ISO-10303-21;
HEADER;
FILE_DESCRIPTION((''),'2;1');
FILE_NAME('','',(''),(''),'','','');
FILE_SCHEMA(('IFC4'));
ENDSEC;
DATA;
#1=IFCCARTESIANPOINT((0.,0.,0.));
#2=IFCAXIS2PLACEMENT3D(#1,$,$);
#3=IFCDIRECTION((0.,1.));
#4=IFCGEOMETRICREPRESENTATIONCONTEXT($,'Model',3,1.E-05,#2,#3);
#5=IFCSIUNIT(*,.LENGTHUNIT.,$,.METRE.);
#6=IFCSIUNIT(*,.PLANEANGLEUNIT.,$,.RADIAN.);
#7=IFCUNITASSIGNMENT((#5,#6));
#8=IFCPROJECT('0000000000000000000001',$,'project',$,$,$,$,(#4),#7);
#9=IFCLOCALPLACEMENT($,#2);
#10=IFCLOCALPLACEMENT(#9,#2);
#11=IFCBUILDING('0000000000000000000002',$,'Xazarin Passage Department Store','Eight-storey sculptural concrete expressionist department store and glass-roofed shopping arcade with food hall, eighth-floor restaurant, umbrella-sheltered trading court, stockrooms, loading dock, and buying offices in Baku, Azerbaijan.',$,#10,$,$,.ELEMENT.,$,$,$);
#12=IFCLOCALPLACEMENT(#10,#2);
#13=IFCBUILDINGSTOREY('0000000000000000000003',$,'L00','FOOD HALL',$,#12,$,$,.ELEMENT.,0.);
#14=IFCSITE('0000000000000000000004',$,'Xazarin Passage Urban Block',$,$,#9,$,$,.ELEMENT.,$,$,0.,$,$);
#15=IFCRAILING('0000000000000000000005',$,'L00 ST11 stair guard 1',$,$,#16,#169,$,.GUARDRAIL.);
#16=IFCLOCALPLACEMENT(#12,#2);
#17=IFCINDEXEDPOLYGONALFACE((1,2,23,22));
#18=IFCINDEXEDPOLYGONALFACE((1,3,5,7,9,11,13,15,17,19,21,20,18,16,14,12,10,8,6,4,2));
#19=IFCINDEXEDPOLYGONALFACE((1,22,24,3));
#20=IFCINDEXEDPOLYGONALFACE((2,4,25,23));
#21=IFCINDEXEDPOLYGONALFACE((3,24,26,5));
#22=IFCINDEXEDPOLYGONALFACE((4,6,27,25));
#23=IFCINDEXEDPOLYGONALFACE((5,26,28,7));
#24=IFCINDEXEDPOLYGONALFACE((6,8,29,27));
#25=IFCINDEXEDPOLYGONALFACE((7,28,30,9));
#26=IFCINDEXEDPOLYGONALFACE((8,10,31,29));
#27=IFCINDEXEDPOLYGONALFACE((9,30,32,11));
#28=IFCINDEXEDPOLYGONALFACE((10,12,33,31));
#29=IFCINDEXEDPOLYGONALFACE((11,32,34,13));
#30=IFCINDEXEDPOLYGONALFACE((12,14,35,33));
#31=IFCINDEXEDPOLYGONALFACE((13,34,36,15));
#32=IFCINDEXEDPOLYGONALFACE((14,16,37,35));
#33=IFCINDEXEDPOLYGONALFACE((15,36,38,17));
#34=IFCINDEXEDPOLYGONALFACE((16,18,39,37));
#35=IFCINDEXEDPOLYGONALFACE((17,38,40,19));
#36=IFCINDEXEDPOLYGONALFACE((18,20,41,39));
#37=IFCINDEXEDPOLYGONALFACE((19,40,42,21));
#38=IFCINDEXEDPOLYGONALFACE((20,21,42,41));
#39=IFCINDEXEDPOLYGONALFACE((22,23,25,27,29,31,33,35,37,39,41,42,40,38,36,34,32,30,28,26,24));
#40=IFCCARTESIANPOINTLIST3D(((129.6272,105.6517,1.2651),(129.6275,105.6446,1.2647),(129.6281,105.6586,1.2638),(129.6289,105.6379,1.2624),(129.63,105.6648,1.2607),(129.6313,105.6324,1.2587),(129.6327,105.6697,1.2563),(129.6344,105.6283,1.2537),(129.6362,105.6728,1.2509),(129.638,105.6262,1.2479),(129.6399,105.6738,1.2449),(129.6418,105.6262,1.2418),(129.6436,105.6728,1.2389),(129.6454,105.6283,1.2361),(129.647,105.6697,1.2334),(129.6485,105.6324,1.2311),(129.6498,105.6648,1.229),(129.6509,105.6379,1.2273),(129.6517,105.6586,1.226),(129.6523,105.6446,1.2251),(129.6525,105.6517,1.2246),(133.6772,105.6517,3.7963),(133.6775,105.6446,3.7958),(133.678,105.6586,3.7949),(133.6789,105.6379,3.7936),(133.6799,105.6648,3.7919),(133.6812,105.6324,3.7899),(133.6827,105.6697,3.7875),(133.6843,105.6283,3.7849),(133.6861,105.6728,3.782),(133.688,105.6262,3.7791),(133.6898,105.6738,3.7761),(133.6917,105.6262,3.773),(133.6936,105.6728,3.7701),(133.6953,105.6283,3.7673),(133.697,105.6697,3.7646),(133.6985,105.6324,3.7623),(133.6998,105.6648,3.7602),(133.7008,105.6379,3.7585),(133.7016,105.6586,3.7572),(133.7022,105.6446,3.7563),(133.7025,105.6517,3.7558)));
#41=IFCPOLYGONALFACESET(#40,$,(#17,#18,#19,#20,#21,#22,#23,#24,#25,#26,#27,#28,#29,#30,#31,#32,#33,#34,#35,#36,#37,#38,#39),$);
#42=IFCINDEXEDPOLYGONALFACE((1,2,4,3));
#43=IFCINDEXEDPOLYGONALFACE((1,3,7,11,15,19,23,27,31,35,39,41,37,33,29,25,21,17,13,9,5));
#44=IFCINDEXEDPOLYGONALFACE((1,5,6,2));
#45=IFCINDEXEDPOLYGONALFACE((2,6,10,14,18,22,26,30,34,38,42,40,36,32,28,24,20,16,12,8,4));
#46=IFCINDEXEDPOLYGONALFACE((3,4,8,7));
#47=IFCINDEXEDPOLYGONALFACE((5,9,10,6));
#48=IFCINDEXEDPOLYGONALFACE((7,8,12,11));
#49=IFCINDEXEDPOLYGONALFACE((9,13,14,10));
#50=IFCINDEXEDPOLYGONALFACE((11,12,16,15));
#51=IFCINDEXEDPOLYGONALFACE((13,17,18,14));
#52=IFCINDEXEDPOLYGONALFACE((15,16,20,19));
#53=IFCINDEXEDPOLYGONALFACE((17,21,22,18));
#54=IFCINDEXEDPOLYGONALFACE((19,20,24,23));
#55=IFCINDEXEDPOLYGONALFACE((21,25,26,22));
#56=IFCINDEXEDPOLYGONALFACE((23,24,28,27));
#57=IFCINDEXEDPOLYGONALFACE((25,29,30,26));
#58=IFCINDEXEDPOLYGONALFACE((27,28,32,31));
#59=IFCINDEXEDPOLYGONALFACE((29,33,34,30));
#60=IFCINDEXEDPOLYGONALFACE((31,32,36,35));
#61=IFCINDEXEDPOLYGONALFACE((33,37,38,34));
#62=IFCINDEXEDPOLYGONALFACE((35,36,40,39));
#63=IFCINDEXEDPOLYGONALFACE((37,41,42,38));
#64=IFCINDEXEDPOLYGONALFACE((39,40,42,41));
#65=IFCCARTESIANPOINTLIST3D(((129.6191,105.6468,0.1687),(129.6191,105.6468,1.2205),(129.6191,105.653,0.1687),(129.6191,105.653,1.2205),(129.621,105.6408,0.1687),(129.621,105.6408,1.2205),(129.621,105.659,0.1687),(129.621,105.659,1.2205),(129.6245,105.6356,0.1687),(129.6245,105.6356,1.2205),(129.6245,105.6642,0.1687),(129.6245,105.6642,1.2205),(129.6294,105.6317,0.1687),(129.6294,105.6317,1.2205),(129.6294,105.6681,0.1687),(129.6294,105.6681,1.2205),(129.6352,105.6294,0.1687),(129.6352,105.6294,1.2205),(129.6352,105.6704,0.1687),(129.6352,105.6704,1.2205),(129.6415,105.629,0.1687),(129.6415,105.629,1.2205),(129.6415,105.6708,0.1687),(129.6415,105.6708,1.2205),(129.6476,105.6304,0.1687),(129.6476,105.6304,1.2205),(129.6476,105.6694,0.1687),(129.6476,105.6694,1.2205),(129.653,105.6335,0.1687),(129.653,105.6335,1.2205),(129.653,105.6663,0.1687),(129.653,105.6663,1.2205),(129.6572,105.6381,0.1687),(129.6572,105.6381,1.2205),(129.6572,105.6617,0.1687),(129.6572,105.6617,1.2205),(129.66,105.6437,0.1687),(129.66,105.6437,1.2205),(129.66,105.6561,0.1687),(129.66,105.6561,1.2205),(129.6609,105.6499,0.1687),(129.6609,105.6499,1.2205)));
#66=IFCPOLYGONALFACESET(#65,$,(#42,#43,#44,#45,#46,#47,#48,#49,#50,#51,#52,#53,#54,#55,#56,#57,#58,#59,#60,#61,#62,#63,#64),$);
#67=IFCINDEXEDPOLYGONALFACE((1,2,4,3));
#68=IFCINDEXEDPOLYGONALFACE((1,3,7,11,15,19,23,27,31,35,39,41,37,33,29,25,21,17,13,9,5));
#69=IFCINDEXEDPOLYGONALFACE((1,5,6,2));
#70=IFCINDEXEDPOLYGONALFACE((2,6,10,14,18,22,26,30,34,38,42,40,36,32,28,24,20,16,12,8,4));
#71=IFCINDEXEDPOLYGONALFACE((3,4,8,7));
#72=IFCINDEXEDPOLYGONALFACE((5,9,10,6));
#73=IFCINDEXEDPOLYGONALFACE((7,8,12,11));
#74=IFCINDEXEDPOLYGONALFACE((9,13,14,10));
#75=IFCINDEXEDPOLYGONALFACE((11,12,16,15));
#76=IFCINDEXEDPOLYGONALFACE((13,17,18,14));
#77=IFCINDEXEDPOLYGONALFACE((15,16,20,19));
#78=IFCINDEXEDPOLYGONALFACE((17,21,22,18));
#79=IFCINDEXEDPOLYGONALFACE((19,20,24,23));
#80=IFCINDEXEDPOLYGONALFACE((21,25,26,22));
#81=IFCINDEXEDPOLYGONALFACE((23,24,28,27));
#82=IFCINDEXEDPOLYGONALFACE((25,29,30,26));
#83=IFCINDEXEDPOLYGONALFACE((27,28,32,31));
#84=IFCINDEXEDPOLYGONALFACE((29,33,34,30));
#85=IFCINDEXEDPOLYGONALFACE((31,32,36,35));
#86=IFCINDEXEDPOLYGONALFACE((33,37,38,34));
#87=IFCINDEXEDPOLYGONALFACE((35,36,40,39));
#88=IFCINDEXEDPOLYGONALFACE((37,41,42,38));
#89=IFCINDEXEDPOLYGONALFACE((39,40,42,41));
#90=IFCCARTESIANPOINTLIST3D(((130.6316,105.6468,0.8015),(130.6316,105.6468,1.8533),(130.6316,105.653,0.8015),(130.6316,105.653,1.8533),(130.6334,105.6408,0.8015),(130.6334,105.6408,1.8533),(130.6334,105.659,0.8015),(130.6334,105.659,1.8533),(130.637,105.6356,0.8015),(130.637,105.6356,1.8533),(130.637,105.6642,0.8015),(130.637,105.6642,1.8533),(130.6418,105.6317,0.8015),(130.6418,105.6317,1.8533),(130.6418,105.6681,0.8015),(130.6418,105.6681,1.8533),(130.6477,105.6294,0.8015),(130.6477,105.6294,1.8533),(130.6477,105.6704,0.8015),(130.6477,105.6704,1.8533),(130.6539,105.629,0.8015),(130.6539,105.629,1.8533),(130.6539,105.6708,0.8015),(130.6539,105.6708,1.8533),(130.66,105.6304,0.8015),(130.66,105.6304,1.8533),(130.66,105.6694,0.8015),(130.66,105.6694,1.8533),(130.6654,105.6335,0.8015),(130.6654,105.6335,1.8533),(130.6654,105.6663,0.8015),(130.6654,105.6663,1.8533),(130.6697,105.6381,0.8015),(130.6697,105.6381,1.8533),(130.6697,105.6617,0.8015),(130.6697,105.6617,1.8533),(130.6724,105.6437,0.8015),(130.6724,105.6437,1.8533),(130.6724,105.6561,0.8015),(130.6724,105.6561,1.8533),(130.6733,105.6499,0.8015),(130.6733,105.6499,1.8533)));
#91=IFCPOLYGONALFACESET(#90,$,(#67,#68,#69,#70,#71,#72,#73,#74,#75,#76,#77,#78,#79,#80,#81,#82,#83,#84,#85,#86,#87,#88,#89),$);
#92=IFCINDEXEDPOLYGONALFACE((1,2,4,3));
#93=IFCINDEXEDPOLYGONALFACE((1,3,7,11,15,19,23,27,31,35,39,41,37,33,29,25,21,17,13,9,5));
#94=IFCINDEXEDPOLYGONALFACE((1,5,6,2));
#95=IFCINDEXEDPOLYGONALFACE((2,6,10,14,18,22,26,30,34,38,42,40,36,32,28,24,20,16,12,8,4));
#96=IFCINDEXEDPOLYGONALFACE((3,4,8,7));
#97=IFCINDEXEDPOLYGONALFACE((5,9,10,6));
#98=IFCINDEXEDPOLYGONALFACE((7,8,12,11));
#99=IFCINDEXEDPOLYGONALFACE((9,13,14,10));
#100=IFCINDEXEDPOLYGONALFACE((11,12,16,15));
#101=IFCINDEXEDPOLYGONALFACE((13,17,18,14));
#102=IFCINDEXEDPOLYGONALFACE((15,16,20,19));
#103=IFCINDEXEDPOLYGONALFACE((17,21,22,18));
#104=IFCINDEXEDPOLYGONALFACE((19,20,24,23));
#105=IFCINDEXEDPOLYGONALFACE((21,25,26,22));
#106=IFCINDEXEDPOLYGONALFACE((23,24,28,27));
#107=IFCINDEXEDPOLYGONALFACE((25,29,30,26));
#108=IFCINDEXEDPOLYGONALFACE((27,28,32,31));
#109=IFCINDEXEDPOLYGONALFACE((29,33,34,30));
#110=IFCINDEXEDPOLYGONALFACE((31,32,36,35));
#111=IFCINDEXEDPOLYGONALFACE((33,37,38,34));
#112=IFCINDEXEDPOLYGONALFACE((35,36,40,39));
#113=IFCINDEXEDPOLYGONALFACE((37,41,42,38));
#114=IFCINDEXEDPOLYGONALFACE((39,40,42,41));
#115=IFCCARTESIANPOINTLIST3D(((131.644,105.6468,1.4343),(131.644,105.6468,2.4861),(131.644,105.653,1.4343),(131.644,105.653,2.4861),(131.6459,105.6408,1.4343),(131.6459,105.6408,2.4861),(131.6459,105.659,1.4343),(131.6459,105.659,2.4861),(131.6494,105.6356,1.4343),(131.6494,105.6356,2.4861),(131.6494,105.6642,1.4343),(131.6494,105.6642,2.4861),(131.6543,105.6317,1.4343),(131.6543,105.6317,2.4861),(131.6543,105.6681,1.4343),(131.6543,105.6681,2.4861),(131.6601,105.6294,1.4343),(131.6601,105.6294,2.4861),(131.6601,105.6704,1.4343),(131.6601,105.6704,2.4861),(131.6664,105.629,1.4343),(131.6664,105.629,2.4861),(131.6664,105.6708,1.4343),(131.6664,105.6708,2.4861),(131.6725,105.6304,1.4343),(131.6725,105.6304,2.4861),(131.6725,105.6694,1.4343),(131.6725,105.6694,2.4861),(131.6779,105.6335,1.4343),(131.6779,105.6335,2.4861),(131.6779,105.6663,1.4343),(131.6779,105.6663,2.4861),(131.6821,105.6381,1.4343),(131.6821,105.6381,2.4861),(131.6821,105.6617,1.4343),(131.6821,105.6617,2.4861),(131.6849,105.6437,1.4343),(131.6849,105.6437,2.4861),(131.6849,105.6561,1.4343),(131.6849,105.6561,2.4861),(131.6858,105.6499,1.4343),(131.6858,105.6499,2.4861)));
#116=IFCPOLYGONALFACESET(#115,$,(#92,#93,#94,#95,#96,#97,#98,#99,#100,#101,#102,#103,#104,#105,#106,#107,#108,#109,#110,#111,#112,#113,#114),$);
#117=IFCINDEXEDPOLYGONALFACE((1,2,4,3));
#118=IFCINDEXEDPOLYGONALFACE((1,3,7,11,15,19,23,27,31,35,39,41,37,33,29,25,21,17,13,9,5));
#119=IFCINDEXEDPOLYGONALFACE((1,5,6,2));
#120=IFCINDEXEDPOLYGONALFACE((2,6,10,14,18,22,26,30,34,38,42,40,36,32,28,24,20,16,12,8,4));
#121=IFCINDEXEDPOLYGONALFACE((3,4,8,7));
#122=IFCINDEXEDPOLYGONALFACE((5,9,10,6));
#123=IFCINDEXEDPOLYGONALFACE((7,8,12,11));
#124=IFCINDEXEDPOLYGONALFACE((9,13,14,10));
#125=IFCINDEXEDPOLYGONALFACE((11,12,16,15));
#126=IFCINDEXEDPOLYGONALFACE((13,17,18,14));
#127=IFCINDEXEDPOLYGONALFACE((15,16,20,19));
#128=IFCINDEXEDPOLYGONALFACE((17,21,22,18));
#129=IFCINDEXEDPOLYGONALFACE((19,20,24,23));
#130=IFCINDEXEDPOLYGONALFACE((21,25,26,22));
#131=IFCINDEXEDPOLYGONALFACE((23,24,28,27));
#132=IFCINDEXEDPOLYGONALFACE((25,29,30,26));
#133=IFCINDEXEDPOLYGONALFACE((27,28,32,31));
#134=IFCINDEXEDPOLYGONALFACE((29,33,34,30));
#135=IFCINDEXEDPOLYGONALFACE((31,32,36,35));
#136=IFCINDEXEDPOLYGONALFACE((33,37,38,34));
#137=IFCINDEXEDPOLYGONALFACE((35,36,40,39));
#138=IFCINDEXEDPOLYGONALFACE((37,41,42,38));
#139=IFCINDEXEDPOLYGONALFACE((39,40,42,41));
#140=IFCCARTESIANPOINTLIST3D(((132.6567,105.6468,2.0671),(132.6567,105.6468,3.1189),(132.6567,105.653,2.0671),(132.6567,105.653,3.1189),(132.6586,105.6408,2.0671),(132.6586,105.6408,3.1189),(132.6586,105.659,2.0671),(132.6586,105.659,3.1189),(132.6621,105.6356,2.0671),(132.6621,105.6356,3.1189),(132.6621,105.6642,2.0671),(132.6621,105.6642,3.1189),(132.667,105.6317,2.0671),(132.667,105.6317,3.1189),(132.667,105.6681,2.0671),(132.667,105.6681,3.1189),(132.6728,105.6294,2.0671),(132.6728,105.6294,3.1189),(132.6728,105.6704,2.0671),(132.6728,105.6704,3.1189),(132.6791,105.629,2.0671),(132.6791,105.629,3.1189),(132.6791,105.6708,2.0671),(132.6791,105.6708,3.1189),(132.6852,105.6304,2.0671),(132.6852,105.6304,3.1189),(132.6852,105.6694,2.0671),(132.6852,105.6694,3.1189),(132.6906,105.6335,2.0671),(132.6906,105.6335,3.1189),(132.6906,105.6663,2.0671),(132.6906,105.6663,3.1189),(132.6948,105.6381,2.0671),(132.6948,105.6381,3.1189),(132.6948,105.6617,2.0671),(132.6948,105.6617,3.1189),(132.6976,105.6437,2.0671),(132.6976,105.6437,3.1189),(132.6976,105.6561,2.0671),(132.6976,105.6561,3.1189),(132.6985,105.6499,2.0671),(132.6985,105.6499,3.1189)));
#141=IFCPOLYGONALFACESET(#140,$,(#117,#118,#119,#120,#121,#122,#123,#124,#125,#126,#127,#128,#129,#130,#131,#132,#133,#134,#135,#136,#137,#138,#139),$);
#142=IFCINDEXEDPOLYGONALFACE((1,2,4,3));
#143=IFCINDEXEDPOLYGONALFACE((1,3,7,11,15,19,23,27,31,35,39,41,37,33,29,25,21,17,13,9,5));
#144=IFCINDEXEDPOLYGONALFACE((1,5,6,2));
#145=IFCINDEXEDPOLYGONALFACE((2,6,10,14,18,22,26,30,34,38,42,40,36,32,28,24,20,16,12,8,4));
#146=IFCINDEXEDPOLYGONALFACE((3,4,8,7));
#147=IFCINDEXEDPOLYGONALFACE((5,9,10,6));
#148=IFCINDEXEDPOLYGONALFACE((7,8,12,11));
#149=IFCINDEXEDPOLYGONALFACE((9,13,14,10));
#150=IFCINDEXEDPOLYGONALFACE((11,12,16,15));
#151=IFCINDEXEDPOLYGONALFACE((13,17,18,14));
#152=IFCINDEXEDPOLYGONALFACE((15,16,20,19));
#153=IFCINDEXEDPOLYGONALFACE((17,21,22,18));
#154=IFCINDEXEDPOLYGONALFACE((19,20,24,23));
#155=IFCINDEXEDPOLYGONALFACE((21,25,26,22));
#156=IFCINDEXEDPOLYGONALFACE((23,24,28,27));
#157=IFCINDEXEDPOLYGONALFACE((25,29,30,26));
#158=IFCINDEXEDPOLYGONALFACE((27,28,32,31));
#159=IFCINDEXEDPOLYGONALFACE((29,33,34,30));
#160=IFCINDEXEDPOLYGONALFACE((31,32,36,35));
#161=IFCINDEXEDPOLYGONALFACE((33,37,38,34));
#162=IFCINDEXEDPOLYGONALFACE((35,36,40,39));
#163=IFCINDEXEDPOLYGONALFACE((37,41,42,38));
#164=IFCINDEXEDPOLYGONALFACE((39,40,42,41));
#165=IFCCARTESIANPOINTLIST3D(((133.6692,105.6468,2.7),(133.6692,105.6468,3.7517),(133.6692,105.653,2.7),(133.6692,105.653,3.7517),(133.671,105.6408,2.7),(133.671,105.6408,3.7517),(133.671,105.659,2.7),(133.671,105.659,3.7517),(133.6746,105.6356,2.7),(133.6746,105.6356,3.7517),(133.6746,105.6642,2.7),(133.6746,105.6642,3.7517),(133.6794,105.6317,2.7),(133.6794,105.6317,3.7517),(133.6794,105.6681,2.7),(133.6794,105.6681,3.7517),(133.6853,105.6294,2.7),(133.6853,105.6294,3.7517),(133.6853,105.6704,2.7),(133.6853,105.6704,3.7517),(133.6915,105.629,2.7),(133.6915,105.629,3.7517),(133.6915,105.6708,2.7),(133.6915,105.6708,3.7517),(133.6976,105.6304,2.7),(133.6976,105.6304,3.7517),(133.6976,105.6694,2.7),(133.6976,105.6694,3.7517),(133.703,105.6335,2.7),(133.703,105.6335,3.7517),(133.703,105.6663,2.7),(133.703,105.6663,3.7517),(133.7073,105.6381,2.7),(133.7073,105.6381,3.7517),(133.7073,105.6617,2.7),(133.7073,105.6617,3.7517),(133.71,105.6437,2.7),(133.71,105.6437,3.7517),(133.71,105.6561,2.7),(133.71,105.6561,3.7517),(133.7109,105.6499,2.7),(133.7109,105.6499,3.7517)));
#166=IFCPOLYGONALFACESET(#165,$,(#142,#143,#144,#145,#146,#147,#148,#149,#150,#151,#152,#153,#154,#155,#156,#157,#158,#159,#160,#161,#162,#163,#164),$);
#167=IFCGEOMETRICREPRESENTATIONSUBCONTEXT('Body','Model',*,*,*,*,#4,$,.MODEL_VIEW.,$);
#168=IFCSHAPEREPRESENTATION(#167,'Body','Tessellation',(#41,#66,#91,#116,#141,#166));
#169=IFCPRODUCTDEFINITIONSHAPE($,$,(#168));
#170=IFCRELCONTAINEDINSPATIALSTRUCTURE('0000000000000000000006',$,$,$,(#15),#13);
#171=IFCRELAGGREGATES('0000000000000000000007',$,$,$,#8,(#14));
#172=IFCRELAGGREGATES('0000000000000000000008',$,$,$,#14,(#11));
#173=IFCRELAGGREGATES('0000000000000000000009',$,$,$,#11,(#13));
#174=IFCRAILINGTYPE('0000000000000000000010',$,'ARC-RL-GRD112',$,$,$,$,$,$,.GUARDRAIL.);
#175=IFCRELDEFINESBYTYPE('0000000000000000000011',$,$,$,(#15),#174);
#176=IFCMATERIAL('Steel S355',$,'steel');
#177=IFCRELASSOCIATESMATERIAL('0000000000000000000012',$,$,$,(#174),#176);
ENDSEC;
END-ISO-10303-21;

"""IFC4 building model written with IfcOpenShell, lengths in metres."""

from ifc_helpers import new_model, si_unit, direction, frame, origin, origin_2d, place, context, subcontext, project, spatial, circle, extrude, material, type_object, element, save


model = new_model("IFC4")

# Units and contexts
model_context = context("Model", 3, precision=1e-05, world=origin(), true_north=direction((0.0, 1.0)))
body_context = subcontext(model_context, "Body", "Model", "MODEL_VIEW")
ifc_project = project(units=[si_unit("LENGTHUNIT", "METRE"), si_unit("PLANEANGLEUNIT", "RADIAN")], contexts=[model_context])

# Site, building, storey
site_placement = place(None, origin())
site = spatial("IfcSite", under=ifc_project, at=site_placement, Name="Xazarin Passage Urban Block", CompositionType="ELEMENT", RefElevation=0.0)
building_placement = place(site_placement, origin())
building = spatial("IfcBuilding", under=site, at=building_placement, Name="Xazarin Passage Department Store", Description="Eight-storey sculptural concrete expressionist department store and glass-roofed shopping arcade with food hall, eighth-floor restaurant, umbrella-sheltered trading court, stockrooms, loading dock, and buying offices in Baku, Azerbaijan.", CompositionType="ELEMENT")
storey_placement = place(building_placement, origin())
storey = spatial("IfcBuildingStorey", under=building, at=storey_placement, Name="L00", Description="FOOD HALL", CompositionType="ELEMENT", Elevation=0.0)

# Shared definitions
ifc_material_1 = material(Name="Steel S355", Category="steel")

# Railing
railing_type_1 = type_object("IfcRailingType", Name="ARC-RL-GRD112", PredefinedType="GUARDRAIL", material=ifc_material_1)
railing_1_placement = place(storey_placement, frame((129.6399, 105.6499, 0.1687)))
element("IfcRailing", 1, at=railing_1_placement, inside=storey, type_object=railing_type_1, Name="L00 ST11 stair guard 1", PredefinedType="GUARDRAIL", context=body_context, shape_type="SweptSolid", body=[
    extrude(circle(Radius=0.0239, at=origin_2d()), frame((0.0, 0.0, 1.0762), z_axis=(0.848001, 0.0, 0.529994), x_axis=(0.0, 1.0, 0.0)), (0.0, 0.0, 1.0), 4.7759),
    extrude(circle(Radius=0.021, at=origin_2d()), origin(), (0.0, 0.0, 1.0), 1.0518),
    extrude(circle(Radius=0.021, at=origin_2d()), frame((1.0125, 0.0, 0.6328)), (0.0, 0.0, 1.0), 1.0518),
    extrude(circle(Radius=0.021, at=origin_2d()), frame((2.0249, 0.0, 1.2656)), (0.0, 0.0, 1.0), 1.0518),
    extrude(circle(Radius=0.021, at=origin_2d()), frame((3.0376, 0.0, 1.8984)), (0.0, 0.0, 1.0), 1.0518),
    extrude(circle(Radius=0.021, at=origin_2d()), frame((4.05, 0.0, 2.5312)), (0.0, 0.0, 1.0), 1.0518),
])

save(model, "model.ifc")
